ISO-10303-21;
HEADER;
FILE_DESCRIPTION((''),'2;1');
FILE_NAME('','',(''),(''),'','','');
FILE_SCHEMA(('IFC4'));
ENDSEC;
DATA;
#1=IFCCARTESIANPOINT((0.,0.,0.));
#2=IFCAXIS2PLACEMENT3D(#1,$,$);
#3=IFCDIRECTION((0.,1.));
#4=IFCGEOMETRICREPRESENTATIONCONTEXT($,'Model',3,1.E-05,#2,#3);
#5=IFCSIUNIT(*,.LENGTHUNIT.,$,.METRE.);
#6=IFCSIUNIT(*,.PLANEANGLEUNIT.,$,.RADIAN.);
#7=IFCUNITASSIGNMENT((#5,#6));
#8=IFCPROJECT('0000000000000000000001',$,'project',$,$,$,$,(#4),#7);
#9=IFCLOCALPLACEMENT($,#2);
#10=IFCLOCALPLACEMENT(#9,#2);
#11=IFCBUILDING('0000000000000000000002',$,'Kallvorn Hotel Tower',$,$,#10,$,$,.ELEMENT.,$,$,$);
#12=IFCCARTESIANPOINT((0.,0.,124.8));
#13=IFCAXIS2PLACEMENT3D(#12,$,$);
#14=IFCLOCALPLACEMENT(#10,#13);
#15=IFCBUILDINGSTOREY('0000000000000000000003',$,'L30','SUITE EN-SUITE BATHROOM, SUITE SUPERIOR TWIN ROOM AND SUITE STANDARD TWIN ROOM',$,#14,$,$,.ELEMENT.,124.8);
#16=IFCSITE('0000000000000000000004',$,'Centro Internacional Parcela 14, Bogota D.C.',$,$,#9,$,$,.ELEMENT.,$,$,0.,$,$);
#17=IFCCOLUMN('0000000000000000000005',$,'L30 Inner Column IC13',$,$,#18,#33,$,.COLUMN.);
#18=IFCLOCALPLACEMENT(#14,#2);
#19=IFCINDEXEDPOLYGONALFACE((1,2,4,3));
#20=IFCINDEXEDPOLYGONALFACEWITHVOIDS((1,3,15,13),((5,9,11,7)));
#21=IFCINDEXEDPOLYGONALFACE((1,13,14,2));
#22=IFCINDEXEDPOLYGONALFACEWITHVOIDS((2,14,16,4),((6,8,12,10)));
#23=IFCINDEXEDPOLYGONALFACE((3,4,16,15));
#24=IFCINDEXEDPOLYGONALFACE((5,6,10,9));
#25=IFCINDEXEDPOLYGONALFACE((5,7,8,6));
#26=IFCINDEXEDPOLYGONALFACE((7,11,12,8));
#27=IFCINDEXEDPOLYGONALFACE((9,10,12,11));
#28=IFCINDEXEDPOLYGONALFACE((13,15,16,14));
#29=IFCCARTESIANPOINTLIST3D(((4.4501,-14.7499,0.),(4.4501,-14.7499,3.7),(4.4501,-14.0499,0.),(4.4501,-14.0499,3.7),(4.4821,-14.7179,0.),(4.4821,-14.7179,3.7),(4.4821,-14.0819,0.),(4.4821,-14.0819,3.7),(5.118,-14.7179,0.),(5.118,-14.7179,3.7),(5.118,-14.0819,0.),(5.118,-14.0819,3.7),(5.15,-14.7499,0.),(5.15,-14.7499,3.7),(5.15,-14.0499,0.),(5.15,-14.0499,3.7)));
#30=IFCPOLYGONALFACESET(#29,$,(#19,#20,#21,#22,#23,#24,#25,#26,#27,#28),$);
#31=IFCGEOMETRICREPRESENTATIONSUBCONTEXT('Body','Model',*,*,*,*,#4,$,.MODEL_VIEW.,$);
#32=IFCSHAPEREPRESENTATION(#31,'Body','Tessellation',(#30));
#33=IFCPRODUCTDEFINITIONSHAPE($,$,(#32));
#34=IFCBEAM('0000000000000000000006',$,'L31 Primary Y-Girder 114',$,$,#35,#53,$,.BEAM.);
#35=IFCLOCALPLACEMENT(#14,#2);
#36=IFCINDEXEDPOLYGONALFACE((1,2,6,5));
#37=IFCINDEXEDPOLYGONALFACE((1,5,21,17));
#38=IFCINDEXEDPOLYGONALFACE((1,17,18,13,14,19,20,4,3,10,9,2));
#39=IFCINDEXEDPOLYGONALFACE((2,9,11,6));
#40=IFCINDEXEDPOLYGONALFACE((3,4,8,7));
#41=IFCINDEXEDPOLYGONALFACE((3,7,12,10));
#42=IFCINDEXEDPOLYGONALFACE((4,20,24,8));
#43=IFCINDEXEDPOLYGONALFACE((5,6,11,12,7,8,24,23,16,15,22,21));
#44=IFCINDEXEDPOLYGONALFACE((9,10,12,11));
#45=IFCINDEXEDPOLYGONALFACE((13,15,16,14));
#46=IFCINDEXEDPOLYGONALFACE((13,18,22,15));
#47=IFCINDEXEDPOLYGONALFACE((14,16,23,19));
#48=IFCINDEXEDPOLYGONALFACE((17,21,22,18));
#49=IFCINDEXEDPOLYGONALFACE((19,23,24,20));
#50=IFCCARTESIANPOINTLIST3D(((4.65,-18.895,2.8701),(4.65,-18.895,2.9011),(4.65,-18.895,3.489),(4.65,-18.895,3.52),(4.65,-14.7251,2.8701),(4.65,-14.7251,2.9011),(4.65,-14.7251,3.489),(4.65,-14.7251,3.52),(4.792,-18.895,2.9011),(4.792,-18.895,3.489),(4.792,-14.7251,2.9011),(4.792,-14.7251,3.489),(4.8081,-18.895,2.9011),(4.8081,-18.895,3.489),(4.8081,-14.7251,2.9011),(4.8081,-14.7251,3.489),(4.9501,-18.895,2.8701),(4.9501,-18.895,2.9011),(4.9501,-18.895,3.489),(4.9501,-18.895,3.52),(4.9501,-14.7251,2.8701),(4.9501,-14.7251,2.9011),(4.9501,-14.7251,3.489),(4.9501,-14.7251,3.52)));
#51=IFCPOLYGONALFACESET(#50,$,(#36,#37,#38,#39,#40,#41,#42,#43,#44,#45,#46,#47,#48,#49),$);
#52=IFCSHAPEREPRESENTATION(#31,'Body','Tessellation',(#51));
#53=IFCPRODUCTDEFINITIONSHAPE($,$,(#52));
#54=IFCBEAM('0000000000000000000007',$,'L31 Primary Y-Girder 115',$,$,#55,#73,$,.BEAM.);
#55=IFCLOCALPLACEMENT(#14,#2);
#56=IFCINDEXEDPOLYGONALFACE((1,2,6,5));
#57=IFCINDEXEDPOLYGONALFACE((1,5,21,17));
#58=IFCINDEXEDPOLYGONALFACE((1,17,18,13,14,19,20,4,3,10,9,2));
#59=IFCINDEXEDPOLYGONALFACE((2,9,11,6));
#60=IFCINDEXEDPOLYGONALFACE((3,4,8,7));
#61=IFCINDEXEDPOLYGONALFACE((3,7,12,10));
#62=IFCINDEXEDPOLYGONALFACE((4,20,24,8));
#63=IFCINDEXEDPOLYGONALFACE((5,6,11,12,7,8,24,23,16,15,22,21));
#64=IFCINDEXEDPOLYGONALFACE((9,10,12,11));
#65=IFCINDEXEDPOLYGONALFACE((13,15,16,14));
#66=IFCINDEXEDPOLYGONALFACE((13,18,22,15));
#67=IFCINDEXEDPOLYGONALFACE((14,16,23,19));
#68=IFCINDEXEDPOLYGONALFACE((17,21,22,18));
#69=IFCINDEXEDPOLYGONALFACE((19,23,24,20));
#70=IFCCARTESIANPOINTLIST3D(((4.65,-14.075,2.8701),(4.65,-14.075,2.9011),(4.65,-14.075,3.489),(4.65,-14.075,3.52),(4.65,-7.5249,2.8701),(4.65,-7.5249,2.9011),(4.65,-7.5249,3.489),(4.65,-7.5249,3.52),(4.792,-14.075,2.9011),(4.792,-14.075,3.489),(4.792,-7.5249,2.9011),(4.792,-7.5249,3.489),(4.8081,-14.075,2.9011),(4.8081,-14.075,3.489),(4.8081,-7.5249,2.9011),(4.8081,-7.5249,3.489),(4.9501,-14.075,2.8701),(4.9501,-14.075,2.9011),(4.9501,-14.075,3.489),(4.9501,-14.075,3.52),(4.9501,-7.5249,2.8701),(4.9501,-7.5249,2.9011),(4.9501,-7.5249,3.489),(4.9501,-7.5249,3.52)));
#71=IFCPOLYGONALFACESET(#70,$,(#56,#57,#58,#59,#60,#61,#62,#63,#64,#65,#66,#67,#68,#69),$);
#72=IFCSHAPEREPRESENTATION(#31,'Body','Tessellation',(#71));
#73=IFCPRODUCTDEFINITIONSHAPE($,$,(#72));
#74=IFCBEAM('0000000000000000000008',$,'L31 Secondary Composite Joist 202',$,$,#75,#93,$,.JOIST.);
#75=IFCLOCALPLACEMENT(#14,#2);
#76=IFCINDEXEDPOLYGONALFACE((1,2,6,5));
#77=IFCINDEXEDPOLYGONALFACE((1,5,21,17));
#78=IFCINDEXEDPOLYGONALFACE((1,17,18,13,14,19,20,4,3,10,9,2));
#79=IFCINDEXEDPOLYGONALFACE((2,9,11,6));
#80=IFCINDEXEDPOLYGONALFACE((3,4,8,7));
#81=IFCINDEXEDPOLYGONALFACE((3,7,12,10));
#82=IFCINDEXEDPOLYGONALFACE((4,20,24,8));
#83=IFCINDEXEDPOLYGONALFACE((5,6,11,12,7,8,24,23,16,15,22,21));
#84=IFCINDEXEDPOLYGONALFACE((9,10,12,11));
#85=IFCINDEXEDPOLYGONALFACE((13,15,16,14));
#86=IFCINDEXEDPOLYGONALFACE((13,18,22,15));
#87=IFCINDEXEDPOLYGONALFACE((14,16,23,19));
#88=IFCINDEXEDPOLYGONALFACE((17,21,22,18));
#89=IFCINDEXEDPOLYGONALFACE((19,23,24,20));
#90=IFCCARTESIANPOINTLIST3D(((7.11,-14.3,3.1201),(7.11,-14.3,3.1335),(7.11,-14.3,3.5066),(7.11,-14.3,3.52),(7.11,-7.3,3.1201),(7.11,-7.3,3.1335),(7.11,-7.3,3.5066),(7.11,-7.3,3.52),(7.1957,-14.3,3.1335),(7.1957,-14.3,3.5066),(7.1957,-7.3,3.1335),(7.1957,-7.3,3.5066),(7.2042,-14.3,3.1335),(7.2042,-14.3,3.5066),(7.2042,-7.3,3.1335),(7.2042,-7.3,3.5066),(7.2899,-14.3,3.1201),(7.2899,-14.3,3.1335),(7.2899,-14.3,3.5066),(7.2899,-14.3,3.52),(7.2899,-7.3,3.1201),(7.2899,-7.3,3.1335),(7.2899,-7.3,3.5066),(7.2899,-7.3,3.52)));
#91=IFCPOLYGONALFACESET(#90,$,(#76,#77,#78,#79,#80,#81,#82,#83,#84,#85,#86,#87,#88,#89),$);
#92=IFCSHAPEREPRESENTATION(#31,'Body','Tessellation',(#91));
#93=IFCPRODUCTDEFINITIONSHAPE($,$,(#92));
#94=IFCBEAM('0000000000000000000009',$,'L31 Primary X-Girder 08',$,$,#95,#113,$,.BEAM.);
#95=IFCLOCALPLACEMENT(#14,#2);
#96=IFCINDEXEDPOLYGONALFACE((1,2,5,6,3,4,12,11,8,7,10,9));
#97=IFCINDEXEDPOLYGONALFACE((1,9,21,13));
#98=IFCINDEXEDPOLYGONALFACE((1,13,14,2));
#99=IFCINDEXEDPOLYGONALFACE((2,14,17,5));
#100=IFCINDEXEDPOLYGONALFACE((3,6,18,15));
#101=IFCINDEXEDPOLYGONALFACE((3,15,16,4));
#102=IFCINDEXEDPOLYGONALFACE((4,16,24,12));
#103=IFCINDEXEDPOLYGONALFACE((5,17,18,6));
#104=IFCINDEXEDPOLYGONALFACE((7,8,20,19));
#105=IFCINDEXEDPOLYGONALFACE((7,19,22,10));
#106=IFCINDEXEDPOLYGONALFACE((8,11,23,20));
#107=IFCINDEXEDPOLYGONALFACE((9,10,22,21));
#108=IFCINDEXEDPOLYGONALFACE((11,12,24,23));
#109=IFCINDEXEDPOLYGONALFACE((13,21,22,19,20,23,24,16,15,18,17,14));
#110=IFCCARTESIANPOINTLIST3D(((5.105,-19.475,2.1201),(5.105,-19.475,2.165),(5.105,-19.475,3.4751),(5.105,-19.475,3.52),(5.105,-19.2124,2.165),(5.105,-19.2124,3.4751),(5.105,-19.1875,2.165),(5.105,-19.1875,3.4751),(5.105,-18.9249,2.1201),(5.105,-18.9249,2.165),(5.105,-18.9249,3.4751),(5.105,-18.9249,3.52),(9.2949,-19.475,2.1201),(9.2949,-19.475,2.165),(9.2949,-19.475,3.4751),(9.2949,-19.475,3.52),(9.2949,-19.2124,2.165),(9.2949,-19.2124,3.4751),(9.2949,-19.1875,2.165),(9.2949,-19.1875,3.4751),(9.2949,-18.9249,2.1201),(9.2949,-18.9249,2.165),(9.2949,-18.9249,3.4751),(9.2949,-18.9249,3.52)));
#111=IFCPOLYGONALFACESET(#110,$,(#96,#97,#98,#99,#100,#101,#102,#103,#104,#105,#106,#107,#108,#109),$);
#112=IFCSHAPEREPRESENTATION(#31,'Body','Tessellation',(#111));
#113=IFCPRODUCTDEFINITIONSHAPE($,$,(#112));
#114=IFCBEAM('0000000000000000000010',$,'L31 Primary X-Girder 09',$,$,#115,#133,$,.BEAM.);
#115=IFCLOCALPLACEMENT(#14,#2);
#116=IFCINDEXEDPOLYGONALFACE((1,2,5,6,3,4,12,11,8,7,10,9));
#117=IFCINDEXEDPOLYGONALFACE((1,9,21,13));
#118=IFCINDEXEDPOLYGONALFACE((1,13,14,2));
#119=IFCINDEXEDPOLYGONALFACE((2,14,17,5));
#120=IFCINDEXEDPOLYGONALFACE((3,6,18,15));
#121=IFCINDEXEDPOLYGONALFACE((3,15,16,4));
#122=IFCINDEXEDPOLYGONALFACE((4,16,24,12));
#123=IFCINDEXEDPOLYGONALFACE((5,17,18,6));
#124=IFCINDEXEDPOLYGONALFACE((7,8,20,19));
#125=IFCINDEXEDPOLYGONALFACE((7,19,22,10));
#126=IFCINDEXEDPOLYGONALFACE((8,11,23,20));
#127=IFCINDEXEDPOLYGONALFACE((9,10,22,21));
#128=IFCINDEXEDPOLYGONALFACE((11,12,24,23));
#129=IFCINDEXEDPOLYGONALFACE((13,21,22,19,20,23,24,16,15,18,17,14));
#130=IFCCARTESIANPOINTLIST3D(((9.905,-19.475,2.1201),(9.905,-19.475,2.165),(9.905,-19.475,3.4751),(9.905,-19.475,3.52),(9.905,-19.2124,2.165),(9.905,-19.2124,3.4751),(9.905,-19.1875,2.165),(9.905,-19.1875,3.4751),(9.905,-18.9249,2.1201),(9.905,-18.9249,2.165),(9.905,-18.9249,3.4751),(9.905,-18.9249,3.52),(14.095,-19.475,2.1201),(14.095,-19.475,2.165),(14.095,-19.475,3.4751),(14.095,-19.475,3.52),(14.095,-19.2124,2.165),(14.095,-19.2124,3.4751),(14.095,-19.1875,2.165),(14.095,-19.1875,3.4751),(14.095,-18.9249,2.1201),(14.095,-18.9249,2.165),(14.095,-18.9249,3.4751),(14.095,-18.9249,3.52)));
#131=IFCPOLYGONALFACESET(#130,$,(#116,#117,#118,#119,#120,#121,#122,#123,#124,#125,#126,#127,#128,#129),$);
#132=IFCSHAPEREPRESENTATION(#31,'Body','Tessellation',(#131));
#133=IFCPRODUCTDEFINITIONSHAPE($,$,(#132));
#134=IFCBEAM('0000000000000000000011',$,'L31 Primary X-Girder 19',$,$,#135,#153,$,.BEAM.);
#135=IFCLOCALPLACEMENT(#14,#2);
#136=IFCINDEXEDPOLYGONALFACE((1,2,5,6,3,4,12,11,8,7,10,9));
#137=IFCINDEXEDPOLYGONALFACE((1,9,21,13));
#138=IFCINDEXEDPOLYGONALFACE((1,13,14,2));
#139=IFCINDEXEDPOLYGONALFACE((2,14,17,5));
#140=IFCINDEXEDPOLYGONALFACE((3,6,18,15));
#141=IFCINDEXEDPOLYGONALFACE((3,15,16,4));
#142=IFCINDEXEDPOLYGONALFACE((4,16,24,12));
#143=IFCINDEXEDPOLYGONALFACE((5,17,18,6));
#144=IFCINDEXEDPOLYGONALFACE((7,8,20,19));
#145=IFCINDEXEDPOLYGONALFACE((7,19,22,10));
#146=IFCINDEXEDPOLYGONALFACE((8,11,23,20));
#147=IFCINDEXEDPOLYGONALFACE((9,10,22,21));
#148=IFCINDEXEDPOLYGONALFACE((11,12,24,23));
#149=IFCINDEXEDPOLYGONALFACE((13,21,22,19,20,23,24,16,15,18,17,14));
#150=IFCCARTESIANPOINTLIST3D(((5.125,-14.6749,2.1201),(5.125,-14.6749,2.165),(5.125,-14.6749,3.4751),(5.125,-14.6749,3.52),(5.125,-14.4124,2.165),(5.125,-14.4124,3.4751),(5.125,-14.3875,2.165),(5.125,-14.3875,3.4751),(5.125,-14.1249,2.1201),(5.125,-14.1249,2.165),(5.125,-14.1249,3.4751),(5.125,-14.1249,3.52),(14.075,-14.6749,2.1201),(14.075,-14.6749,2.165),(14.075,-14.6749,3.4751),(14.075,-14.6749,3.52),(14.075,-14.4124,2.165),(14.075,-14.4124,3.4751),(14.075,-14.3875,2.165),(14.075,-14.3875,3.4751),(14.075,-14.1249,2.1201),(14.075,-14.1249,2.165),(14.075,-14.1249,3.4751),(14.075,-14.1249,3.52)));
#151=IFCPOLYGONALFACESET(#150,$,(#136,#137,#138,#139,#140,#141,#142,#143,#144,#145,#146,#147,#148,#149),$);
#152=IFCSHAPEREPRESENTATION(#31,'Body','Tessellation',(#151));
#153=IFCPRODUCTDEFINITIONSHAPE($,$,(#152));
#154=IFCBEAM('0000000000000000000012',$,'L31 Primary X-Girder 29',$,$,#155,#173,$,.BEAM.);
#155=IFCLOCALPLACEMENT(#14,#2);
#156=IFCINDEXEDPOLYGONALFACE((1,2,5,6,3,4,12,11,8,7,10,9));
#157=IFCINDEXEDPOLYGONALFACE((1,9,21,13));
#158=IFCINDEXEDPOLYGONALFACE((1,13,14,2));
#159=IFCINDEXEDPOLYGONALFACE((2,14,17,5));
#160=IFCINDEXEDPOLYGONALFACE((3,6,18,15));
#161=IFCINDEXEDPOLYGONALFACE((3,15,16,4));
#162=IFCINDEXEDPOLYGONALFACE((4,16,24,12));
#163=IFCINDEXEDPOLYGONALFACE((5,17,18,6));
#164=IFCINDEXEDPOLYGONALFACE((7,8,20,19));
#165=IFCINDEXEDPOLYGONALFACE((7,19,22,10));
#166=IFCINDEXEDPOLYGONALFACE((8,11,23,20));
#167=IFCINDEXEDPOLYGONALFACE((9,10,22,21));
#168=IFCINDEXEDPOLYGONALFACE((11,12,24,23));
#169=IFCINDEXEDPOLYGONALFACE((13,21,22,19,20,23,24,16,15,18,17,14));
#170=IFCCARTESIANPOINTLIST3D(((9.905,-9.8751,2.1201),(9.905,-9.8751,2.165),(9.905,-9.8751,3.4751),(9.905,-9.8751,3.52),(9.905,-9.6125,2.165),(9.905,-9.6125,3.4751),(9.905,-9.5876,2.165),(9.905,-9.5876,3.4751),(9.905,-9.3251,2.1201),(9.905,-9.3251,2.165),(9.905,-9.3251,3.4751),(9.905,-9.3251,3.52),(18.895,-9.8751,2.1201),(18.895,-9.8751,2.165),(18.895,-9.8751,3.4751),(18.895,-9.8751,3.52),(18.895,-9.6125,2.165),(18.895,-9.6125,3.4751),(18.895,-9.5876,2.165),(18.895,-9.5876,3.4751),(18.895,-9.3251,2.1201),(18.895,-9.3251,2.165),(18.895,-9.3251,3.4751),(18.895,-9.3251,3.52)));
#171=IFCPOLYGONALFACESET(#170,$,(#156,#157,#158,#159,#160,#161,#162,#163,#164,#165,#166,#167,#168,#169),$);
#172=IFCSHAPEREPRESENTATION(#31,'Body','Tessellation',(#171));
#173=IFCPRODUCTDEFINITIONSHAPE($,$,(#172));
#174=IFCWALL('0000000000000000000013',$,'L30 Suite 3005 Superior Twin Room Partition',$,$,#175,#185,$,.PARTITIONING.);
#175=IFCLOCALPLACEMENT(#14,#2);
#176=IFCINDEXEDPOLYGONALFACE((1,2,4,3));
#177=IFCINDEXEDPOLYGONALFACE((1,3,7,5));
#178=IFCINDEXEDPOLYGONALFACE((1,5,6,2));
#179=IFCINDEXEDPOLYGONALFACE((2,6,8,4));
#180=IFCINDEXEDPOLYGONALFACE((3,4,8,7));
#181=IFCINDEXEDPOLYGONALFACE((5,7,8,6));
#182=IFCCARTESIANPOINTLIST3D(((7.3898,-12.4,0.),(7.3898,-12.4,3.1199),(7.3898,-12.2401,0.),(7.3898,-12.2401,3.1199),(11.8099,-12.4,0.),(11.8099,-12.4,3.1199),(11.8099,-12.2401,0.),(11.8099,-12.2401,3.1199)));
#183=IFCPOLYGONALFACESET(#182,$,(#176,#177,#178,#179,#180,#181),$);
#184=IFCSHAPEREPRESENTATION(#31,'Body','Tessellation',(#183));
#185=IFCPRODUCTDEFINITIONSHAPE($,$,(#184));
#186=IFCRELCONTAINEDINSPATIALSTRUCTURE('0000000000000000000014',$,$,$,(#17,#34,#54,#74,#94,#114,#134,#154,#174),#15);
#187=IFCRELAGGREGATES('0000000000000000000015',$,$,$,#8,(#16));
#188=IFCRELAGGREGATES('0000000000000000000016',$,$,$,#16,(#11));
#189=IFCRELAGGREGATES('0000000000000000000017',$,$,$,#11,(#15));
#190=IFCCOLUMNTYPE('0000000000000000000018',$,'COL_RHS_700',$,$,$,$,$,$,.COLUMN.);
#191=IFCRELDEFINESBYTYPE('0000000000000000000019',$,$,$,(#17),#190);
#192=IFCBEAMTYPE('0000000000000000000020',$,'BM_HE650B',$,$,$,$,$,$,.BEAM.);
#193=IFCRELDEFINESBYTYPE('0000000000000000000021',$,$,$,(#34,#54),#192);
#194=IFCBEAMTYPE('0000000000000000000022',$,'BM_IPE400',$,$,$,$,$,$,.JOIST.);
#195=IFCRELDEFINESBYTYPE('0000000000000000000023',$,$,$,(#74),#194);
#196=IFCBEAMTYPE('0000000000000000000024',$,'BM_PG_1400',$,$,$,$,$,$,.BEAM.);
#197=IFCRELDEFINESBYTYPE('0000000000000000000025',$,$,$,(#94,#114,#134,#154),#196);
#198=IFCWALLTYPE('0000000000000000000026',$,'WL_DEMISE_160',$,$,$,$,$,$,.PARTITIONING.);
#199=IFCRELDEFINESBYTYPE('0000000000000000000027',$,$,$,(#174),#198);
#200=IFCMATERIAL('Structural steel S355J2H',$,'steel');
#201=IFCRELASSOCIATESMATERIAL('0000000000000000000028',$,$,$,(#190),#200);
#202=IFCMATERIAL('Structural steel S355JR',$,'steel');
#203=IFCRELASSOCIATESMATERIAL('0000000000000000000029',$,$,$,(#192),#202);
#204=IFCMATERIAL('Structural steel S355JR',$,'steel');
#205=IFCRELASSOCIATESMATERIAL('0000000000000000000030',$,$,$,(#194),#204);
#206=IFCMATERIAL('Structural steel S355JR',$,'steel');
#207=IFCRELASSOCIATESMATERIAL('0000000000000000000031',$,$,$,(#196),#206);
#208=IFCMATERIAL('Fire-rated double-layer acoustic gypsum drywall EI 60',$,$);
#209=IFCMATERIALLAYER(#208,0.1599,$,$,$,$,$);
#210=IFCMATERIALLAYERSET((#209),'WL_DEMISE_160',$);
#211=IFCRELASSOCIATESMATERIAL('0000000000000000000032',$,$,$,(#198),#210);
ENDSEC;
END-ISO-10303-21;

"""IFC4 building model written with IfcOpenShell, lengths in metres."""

from ifc_helpers import new_model, si_unit, direction, frame, frame_2d, origin, origin_2d, place, context, subcontext, project, spatial, rectangle, hollow_rectangle, i_section, extrude, material, layer, layer_set, material_profile, profile_set, type_object, element, save


model = new_model("IFC4")

# Units and contexts
model_context = context("Model", 3, precision=1e-05, world=origin(), true_north=direction((0.0, 1.0)))
body_context = subcontext(model_context, "Body", "Model", "MODEL_VIEW")
ifc_project = project(units=[si_unit("LENGTHUNIT", "METRE"), si_unit("PLANEANGLEUNIT", "RADIAN")], contexts=[model_context])

# Site, building, storey
site_placement = place(None, origin())
site = spatial("IfcSite", under=ifc_project, at=site_placement, Name="Centro Internacional Parcela 14, Bogota D.C.", CompositionType="ELEMENT", RefElevation=0.0)
building_placement = place(site_placement, origin())
building = spatial("IfcBuilding", under=site, at=building_placement, Name="Kallvorn Hotel Tower", CompositionType="ELEMENT")
storey_placement = place(building_placement, frame((0.0, 0.0, 124.8)))
storey = spatial("IfcBuildingStorey", under=building, at=storey_placement, Name="L30", Description="SUITE EN-SUITE BATHROOM, SUITE SUPERIOR TWIN ROOM AND SUITE STANDARD TWIN ROOM", CompositionType="ELEMENT", Elevation=124.8)

# Column
ifc_material_1 = material(Name="Structural steel S355J2H", Category="steel")
ifc_material_profile_1 = material_profile(ifc_material_1, hollow_rectangle(XDim=0.7, YDim=0.7, WallThickness=0.032, at=origin_2d()), Name="RHS 700x700x32")
ifc_profile_set_1 = profile_set([ifc_material_profile_1], Name="Structural steel S355J2H")
column_type_1 = type_object("IfcColumnType", Name="COL_RHS_700", PredefinedType="COLUMN", material=ifc_profile_set_1)
column_placement = place(storey_placement, frame((4.8, -14.3999, 0.0), z_axis=(0.0, 0.0, 1.0), x_axis=(1.0, 0.0, 0.0)))
element("IfcColumn", 1, at=column_placement, inside=storey, type_object=column_type_1, Name="L30 Inner Column IC13", PredefinedType="COLUMN", context=body_context, shape_type="SweptSolid", body=[
    extrude(hollow_rectangle(XDim=0.7, YDim=0.7, WallThickness=0.032, at=origin_2d()), origin(), (0.0, 0.0, 1.0), 3.7),
])

# Beams
ifc_material_2 = material(Name="Structural steel S355JR", Category="steel")
ifc_material_profile_2 = material_profile(ifc_material_2, i_section(OverallWidth=0.3, OverallDepth=0.6499, WebThickness=0.0161, FlangeThickness=0.031, at=origin_2d()), Name="HE 650 B")
ifc_profile_set_2 = profile_set([ifc_material_profile_2], Name="Structural steel S355JR")
beam_type_1 = type_object("IfcBeamType", Name="BM_HE650B", PredefinedType="BEAM", material=ifc_profile_set_2)
beam_1_placement = place(storey_placement, frame((4.8, -18.895, 3.1951), z_axis=(0.0, 1.0, 0.0), x_axis=(-1.0, 0.0, 0.0)))
element("IfcBeam", 2, at=beam_1_placement, inside=storey, type_object=beam_type_1, Name="L31 Primary Y-Girder 114", PredefinedType="BEAM", context=body_context, shape_type="SweptSolid", body=[
    extrude(i_section(OverallWidth=0.3, OverallDepth=0.6499, WebThickness=0.0161, FlangeThickness=0.031, at=origin_2d()), origin(), (0.0, 0.0, 1.0), 4.1699),
])
beam_2_placement = place(storey_placement, frame((4.8, -14.075, 3.1951), z_axis=(0.0, 1.0, 0.0), x_axis=(-1.0, 0.0, 0.0)))
element("IfcBeam", 3, at=beam_2_placement, inside=storey, type_object=beam_type_1, Name="L31 Primary Y-Girder 115", PredefinedType="BEAM", context=body_context, shape_type="SweptSolid", body=[
    extrude(i_section(OverallWidth=0.3, OverallDepth=0.6499, WebThickness=0.0161, FlangeThickness=0.031, at=origin_2d()), origin(), (0.0, 0.0, 1.0), 6.55),
])
ifc_material_3 = material(Name="Structural steel S355JR", Category="steel")
ifc_material_profile_3 = material_profile(ifc_material_3, i_section(OverallWidth=0.1799, OverallDepth=0.3999, WebThickness=0.0085, FlangeThickness=0.0134, at=origin_2d()), Name="IPE 400")
ifc_profile_set_3 = profile_set([ifc_material_profile_3], Name="Structural steel S355JR")
beam_type_2 = type_object("IfcBeamType", Name="BM_IPE400", PredefinedType="JOIST", material=ifc_profile_set_3)
beam_3_placement = place(storey_placement, frame((7.2, -14.3, 3.3201), z_axis=(0.0, 1.0, 0.0), x_axis=(-1.0, 0.0, 0.0)))
element("IfcBeam", 4, at=beam_3_placement, inside=storey, type_object=beam_type_2, Name="L31 Secondary Composite Joist 202", PredefinedType="JOIST", context=body_context, shape_type="SweptSolid", body=[
    extrude(i_section(OverallWidth=0.1799, OverallDepth=0.3999, WebThickness=0.0085, FlangeThickness=0.0134, at=origin_2d()), origin(), (0.0, 0.0, 1.0), 7.0),
])
ifc_material_4 = material(Name="Structural steel S355JR", Category="steel")
ifc_material_profile_4 = material_profile(ifc_material_4, i_section(OverallWidth=0.55, OverallDepth=1.3999, WebThickness=0.0249, FlangeThickness=0.0449, at=origin_2d()), Name="PG 1400x550x25x45")
ifc_profile_set_4 = profile_set([ifc_material_profile_4], Name="Structural steel S355JR")
beam_type_3 = type_object("IfcBeamType", Name="BM_PG_1400", PredefinedType="BEAM", material=ifc_profile_set_4)
for number, where, z_axis, x_axis, name in (
    (5, (5.105, -19.2, 2.8201), (1.0, 0.0, 0.0), (0.0, 1.0, 0.0), "L31 Primary X-Girder 08"),
    (6, (9.905, -19.2, 2.8201), (1.0, 0.0, 0.0), (0.0, 1.0, 0.0), "L31 Primary X-Girder 09"),
):
    element("IfcBeam", number, at=place(storey_placement, frame(where, z_axis=z_axis, x_axis=x_axis)), inside=storey, type_object=beam_type_3, Name=name, PredefinedType="BEAM", context=body_context, shape_type="SweptSolid", body=[
        extrude(i_section(OverallWidth=0.55, OverallDepth=1.3999, WebThickness=0.0249, FlangeThickness=0.0449, at=origin_2d()), origin(), (0.0, 0.0, 1.0), 4.1899),
    ])
beam_4_placement = place(storey_placement, frame((5.125, -14.3999, 2.8201), z_axis=(1.0, 0.0, 0.0), x_axis=(0.0, 1.0, 0.0)))
element("IfcBeam", 7, at=beam_4_placement, inside=storey, type_object=beam_type_3, Name="L31 Primary X-Girder 19", PredefinedType="BEAM", context=body_context, shape_type="SweptSolid", body=[
    extrude(i_section(OverallWidth=0.55, OverallDepth=1.3999, WebThickness=0.0249, FlangeThickness=0.0449, at=origin_2d()), origin(), (0.0, 0.0, 1.0), 8.95),
])
beam_5_placement = place(storey_placement, frame((9.905, -9.6001, 2.8201), z_axis=(1.0, 0.0, 0.0), x_axis=(0.0, 1.0, 0.0)))
element("IfcBeam", 8, at=beam_5_placement, inside=storey, type_object=beam_type_3, Name="L31 Primary X-Girder 29", PredefinedType="BEAM", context=body_context, shape_type="SweptSolid", body=[
    extrude(i_section(OverallWidth=0.55, OverallDepth=1.3999, WebThickness=0.0249, FlangeThickness=0.0449, at=origin_2d()), origin(), (0.0, 0.0, 1.0), 8.99),
])

# Wall
ifc_material_5 = material(Name="Fire-rated double-layer acoustic gypsum drywall EI 60")
ifc_layer = layer(ifc_material_5, 0.1599)
ifc_layer_set = layer_set([ifc_layer], Name="WL_DEMISE_160")
wall_type = type_object("IfcWallType", Name="WL_DEMISE_160", PredefinedType="PARTITIONING", material=ifc_layer_set)
wall_1_placement = place(storey_placement, frame((7.3899, -12.3201, 0.0), z_axis=(0.0, 0.0, 1.0), x_axis=(1.0, 0.0, 0.0)))
element("IfcWall", 9, at=wall_1_placement, inside=storey, type_object=wall_type, Name="L30 Suite 3005 Superior Twin Room Partition", PredefinedType="PARTITIONING", context=body_context, shape_type="SweptSolid", body=[
    extrude(rectangle(XDim=4.4202, YDim=0.1599, at=frame_2d((2.21, 0.0))), origin(), (0.0, 0.0, 1.0), 3.1199),
])

save(model, "model.ifc")
